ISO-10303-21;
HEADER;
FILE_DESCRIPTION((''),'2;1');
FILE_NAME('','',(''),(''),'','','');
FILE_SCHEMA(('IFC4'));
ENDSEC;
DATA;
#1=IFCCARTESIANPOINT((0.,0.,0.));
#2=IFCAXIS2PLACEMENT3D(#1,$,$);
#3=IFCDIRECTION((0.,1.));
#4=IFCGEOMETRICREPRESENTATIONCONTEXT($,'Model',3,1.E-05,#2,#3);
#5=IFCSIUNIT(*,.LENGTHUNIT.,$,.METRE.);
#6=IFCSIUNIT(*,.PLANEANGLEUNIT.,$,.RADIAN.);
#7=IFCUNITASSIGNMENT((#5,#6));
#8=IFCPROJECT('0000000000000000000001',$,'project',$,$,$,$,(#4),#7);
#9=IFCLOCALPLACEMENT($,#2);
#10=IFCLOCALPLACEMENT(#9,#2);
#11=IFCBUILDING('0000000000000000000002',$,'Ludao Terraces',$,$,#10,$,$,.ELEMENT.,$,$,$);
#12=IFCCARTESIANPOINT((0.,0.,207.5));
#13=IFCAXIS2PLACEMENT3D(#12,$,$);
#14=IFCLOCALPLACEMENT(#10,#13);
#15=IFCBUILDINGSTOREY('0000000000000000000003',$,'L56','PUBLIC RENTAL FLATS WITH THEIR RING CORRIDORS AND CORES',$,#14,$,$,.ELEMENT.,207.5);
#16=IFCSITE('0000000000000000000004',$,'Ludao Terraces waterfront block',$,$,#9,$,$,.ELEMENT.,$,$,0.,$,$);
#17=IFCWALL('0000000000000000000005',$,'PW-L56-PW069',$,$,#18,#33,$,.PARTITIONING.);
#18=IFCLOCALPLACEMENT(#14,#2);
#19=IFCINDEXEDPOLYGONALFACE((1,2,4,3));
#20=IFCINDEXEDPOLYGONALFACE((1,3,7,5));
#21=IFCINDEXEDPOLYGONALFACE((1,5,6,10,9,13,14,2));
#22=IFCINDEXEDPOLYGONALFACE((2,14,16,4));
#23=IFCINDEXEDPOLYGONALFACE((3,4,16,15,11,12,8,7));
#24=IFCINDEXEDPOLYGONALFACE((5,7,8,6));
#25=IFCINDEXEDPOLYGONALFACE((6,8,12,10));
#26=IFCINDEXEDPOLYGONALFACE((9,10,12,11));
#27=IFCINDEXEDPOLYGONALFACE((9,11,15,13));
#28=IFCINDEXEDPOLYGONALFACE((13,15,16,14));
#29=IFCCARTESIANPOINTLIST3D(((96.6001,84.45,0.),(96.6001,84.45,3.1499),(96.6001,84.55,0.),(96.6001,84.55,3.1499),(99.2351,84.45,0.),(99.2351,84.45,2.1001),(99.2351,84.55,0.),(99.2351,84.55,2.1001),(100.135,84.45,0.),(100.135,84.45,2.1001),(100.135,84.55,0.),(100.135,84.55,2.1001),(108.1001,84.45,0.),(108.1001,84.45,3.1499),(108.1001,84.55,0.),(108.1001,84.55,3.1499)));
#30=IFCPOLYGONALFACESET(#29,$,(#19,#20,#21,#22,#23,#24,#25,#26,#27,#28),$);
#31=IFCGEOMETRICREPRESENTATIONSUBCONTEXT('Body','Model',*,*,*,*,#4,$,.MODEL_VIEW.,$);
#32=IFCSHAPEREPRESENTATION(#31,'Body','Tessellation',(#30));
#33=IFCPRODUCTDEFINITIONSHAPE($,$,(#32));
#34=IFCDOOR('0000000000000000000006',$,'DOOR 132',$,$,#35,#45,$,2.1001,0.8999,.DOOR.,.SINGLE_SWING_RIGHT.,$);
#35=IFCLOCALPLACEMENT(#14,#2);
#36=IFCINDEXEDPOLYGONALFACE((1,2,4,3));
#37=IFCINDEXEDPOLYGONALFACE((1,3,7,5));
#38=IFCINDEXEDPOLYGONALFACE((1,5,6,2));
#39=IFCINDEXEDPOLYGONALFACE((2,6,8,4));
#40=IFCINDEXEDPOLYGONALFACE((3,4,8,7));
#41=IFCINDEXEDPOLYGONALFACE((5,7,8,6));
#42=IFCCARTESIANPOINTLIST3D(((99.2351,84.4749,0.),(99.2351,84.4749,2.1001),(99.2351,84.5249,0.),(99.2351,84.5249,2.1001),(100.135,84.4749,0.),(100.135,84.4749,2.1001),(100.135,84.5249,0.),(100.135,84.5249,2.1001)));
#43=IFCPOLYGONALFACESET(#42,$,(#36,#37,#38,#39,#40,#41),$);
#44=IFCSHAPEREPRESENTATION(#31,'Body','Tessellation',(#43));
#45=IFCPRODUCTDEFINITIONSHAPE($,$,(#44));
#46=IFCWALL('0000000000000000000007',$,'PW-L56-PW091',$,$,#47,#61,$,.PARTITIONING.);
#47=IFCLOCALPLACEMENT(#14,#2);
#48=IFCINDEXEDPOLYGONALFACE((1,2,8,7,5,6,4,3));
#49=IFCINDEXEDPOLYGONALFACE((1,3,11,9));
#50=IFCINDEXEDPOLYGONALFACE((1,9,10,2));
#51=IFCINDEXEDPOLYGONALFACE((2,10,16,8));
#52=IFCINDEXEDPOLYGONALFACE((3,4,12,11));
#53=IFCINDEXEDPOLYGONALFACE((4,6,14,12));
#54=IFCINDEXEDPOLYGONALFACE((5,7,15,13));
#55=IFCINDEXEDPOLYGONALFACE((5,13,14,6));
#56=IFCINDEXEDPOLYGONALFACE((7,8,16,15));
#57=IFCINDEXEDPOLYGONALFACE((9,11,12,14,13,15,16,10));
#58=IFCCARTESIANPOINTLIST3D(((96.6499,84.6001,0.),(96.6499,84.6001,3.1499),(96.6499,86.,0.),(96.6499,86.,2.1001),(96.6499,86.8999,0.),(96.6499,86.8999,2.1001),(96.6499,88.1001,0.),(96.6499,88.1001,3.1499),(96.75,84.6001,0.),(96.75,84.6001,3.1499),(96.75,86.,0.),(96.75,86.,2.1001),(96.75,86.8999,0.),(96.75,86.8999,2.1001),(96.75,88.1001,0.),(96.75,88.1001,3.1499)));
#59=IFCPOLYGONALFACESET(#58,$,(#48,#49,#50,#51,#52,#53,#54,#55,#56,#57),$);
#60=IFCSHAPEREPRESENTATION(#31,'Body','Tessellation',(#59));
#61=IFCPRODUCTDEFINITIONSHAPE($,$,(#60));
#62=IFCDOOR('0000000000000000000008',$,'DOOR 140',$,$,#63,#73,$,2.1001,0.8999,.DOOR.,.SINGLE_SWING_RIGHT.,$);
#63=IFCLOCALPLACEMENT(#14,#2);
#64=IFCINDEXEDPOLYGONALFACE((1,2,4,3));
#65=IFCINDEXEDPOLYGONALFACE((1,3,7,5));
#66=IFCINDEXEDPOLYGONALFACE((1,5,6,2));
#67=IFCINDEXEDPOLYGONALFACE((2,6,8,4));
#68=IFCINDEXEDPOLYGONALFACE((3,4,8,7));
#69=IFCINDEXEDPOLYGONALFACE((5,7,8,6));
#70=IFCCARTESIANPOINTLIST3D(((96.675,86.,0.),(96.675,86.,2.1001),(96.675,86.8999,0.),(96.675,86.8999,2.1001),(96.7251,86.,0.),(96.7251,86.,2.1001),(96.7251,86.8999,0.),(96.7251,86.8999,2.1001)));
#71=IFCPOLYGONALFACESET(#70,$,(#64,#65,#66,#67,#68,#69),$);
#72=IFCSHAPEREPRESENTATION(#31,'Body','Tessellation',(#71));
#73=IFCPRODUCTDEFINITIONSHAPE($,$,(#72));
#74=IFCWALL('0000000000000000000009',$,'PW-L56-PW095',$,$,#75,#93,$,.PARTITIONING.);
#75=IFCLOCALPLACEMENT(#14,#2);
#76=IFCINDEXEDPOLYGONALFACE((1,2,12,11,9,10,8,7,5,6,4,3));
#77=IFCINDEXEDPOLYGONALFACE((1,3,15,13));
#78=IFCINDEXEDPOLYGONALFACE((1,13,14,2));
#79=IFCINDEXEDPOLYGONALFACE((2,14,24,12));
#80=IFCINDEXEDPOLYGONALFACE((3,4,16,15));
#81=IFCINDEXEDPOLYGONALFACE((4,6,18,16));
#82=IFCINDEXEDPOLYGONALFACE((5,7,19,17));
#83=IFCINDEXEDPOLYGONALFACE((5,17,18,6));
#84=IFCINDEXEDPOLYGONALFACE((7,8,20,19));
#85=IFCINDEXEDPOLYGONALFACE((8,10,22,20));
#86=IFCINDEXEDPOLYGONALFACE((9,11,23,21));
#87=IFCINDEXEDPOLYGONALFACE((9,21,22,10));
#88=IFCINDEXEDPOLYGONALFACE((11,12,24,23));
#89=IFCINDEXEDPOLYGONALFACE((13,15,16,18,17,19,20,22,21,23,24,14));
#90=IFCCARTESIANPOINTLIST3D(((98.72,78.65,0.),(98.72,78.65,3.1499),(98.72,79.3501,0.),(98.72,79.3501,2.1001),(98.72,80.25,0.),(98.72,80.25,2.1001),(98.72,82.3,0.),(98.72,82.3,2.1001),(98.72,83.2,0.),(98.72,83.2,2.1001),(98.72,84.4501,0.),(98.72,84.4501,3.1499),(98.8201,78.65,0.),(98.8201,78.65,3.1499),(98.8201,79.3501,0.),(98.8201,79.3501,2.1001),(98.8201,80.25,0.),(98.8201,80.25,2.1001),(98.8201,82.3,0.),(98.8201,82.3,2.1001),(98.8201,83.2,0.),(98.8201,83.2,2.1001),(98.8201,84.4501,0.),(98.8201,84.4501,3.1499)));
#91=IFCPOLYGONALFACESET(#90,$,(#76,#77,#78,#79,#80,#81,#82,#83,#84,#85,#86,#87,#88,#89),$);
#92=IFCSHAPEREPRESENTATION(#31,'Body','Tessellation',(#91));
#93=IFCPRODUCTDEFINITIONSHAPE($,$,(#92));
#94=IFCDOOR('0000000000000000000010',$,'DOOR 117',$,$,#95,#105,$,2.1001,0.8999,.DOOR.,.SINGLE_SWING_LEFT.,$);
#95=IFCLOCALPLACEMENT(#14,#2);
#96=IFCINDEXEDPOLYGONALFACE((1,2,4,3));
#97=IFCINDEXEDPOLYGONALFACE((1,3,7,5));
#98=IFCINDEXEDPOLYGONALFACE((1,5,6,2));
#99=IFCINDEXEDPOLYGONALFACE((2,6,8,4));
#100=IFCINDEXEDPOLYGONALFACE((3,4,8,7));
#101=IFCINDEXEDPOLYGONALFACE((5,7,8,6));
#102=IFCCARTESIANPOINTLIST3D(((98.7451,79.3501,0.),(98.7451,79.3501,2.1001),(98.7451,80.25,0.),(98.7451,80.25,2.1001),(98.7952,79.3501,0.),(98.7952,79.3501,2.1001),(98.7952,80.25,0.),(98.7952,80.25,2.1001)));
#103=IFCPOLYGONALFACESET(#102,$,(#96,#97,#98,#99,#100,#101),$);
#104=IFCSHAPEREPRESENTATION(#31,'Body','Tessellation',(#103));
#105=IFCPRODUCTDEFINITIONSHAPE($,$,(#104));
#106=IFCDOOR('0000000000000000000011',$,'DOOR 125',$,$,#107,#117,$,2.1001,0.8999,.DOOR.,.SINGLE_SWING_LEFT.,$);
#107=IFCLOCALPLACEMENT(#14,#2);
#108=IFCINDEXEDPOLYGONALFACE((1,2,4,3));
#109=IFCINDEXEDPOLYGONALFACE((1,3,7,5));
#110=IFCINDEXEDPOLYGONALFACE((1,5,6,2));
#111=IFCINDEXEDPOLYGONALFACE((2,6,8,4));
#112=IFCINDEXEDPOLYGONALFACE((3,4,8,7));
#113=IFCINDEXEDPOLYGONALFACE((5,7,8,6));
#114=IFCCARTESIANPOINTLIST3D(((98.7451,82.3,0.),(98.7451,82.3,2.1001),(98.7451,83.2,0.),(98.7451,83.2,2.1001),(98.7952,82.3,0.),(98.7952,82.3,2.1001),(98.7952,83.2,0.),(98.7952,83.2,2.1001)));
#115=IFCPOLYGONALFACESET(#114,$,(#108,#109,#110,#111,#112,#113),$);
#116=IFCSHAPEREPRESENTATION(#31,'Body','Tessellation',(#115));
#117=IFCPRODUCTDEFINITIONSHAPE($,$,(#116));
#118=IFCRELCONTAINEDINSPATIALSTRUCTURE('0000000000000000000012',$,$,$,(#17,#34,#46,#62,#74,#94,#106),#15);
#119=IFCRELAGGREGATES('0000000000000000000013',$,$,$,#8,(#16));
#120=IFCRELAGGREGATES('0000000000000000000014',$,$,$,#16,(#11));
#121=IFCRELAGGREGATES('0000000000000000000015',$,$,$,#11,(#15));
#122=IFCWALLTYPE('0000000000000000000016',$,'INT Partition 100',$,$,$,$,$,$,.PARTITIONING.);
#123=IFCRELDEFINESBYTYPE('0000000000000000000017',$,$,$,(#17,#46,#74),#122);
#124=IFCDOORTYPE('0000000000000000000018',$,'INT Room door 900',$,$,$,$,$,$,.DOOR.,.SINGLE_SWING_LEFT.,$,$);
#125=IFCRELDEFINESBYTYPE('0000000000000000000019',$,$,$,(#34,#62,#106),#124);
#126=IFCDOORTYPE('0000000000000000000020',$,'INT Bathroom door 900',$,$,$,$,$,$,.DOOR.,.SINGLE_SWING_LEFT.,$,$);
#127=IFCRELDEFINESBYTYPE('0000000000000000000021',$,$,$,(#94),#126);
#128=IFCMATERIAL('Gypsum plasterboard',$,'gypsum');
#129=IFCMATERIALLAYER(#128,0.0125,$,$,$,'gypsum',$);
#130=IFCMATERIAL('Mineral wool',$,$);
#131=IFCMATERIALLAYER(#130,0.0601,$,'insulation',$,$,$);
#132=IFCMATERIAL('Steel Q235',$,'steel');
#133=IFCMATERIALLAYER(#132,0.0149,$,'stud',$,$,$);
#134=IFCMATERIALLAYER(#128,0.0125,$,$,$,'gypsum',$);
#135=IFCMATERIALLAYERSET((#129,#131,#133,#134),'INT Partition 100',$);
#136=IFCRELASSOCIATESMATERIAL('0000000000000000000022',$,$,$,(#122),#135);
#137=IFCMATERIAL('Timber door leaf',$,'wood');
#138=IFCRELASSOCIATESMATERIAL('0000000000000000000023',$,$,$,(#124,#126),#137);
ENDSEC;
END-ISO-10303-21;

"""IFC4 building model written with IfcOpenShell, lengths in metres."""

from ifc_helpers import new_model, si_unit, direction, frame, frame_2d, origin, place, context, subcontext, project, spatial, rectangle, extrude, material, layer, layer_set, type_object, element, fill, save


model = new_model("IFC4")

# Units and contexts
model_context = context("Model", 3, precision=1e-05, world=origin(), true_north=direction((0.0, 1.0)))
body_context = subcontext(model_context, "Body", "Model", "MODEL_VIEW")
ifc_project = project(units=[si_unit("LENGTHUNIT", "METRE"), si_unit("PLANEANGLEUNIT", "RADIAN")], contexts=[model_context])

# Site, building, storey
site_placement = place(None, origin())
site = spatial("IfcSite", under=ifc_project, at=site_placement, Name="Ludao Terraces waterfront block", CompositionType="ELEMENT", RefElevation=0.0)
building_placement = place(site_placement, origin())
building = spatial("IfcBuilding", under=site, at=building_placement, Name="Ludao Terraces", CompositionType="ELEMENT")
storey_placement = place(building_placement, frame((0.0, 0.0, 207.5)))
storey = spatial("IfcBuildingStorey", under=building, at=storey_placement, Name="L56", Description="PUBLIC RENTAL FLATS WITH THEIR RING CORRIDORS AND CORES", CompositionType="ELEMENT", Elevation=207.5)

# Shared definitions
ifc_material_1 = material(Name="Mineral wool")

# Shared definitions
ifc_material_2 = material(Name="Gypsum plasterboard", Category="gypsum")
ifc_layer_1 = layer(ifc_material_2, 0.0125, Category="gypsum")
ifc_layer_2 = layer(ifc_material_1, 0.0601, Name="insulation")
ifc_material_3 = material(Name="Steel Q235", Category="steel")
ifc_layer_3 = layer(ifc_material_3, 0.0149, Name="stud")
ifc_layer_4 = layer(ifc_material_2, 0.0125, Category="gypsum")
ifc_layer_set_1 = layer_set([ifc_layer_1, ifc_layer_2, ifc_layer_3, ifc_layer_4], Name="INT Partition 100")
wall_type_1 = type_object("IfcWallType", Name="INT Partition 100", PredefinedType="PARTITIONING", material=ifc_layer_set_1)

# Walls, openings, doors
wall_1_placement = place(storey_placement, frame((96.6001, 84.5, 0.0), z_axis=(0.0, 0.0, 1.0), x_axis=(1.0, 0.0, 0.0)))
wall_1 = element("IfcWall", 1, at=wall_1_placement, inside=storey, type_object=wall_type_1, Name="PW-L56-PW069", PredefinedType="PARTITIONING", context=body_context, shape_type="SweptSolid", body=[
    extrude(rectangle(XDim=11.5, YDim=0.1001, at=frame_2d((5.75, 0.0))), origin(), (0.0, 0.0, 1.0), 3.1499),
])
opening_1_placement = place(wall_1_placement, frame((2.635, 0.0, 0.0)))
opening_1 = element("IfcOpeningElement", 2, at=opening_1_placement, cuts=wall_1, PredefinedType="OPENING", context=body_context, shape_type="SweptSolid", body=[
    extrude(rectangle(XDim=0.8999, YDim=2.1001, at=frame_2d((0.45, 1.05))), frame((0.0, 0.0601, 0.0), z_axis=(0.0, -1.0, 0.0), x_axis=(1.0, 0.0, 0.0)), (0.0, 0.0, 1.0), 0.1201),
])
ifc_material_4 = material(Name="Timber door leaf", Category="wood")
door_type_1 = type_object("IfcDoorType", Name="INT Room door 900", OperationType="SINGLE_SWING_LEFT", PredefinedType="DOOR", material=ifc_material_4)
door_1_placement = place(opening_1_placement, origin())
door_1 = element("IfcDoor", 3, at=door_1_placement, inside=storey, type_object=door_type_1, Name="DOOR 132", OperationType="SINGLE_SWING_RIGHT", OverallHeight=2.1001, OverallWidth=0.8999, PredefinedType="DOOR", context=body_context, shape_type="SweptSolid", body=[
    extrude(rectangle(XDim=0.8999, YDim=2.1001, at=frame_2d((0.45, 1.05))), frame((0.0, 0.0249, 0.0), z_axis=(0.0, -1.0, 0.0), x_axis=(1.0, 0.0, 0.0)), (0.0, 0.0, 1.0), 0.05),
])
fill(opening_1, door_1)
wall_2_placement = place(storey_placement, frame((96.7, 84.6001, 0.0), z_axis=(0.0, 0.0, 1.0), x_axis=(0.0, 1.0, 0.0)))
wall_2 = element("IfcWall", 4, at=wall_2_placement, inside=storey, type_object=wall_type_1, Name="PW-L56-PW091", PredefinedType="PARTITIONING", context=body_context, shape_type="SweptSolid", body=[
    extrude(rectangle(XDim=3.5, YDim=0.1001, at=frame_2d((1.75, 0.0))), origin(), (0.0, 0.0, 1.0), 3.1499),
])
opening_2_placement = place(wall_2_placement, frame((1.3999, 0.0, 0.0)))
opening_2 = element("IfcOpeningElement", 5, at=opening_2_placement, cuts=wall_2, PredefinedType="OPENING", context=body_context, shape_type="SweptSolid", body=[
    extrude(rectangle(XDim=0.8999, YDim=2.1001, at=frame_2d((0.45, 1.05))), frame((0.0, 0.0601, 0.0), z_axis=(0.0, -1.0, 0.0), x_axis=(1.0, 0.0, 0.0)), (0.0, 0.0, 1.0), 0.1201),
])
door_2_placement = place(opening_2_placement, origin())
door_2 = element("IfcDoor", 6, at=door_2_placement, inside=storey, type_object=door_type_1, Name="DOOR 140", OperationType="SINGLE_SWING_RIGHT", OverallHeight=2.1001, OverallWidth=0.8999, PredefinedType="DOOR", context=body_context, shape_type="SweptSolid", body=[
    extrude(rectangle(XDim=0.8999, YDim=2.1001, at=frame_2d((0.45, 1.05))), frame((0.0, 0.0249, 0.0), z_axis=(0.0, -1.0, 0.0), x_axis=(1.0, 0.0, 0.0)), (0.0, 0.0, 1.0), 0.05),
])
fill(opening_2, door_2)

# Wall, openings, doors
wall_3_placement = place(storey_placement, frame((98.77, 78.6501, 0.0), z_axis=(0.0, 0.0, 1.0), x_axis=(0.0, 1.0, 0.0)))
wall_3 = element("IfcWall", 7, at=wall_3_placement, inside=storey, type_object=wall_type_1, Name="PW-L56-PW095", PredefinedType="PARTITIONING", context=body_context, shape_type="SweptSolid", body=[
    extrude(rectangle(XDim=5.8, YDim=0.1001, at=frame_2d((2.8999, 0.0))), origin(), (0.0, 0.0, 1.0), 3.1499),
])
opening_3_placement = place(wall_3_placement, frame((0.7, 0.0, 0.0)))
opening_3 = element("IfcOpeningElement", 8, at=opening_3_placement, cuts=wall_3, PredefinedType="OPENING", context=body_context, shape_type="SweptSolid", body=[
    extrude(rectangle(XDim=0.8999, YDim=2.1001, at=frame_2d((0.45, 1.05))), frame((0.0, 0.0601, 0.0), z_axis=(0.0, -1.0, 0.0), x_axis=(1.0, 0.0, 0.0)), (0.0, 0.0, 1.0), 0.1201),
])
opening_4_placement = place(wall_3_placement, frame((3.6499, 0.0, 0.0)))
opening_4 = element("IfcOpeningElement", 9, at=opening_4_placement, cuts=wall_3, PredefinedType="OPENING", context=body_context, shape_type="SweptSolid", body=[
    extrude(rectangle(XDim=0.8999, YDim=2.1001, at=frame_2d((0.45, 1.05))), frame((0.0, 0.0601, 0.0), z_axis=(0.0, -1.0, 0.0), x_axis=(1.0, 0.0, 0.0)), (0.0, 0.0, 1.0), 0.1201),
])
door_type_2 = type_object("IfcDoorType", Name="INT Bathroom door 900", OperationType="SINGLE_SWING_LEFT", PredefinedType="DOOR", material=ifc_material_4)
door_3_placement = place(opening_3_placement, origin())
door_3 = element("IfcDoor", 10, at=door_3_placement, inside=storey, type_object=door_type_2, Name="DOOR 117", OperationType="SINGLE_SWING_LEFT", OverallHeight=2.1001, OverallWidth=0.8999, PredefinedType="DOOR", context=body_context, shape_type="SweptSolid", body=[
    extrude(rectangle(XDim=0.8999, YDim=2.1001, at=frame_2d((0.45, 1.05))), frame((0.0, 0.0249, 0.0), z_axis=(0.0, -1.0, 0.0), x_axis=(1.0, 0.0, 0.0)), (0.0, 0.0, 1.0), 0.05),
])
fill(opening_3, door_3)
door_4_placement = place(opening_4_placement, origin())
door_4 = element("IfcDoor", 11, at=door_4_placement, inside=storey, type_object=door_type_1, Name="DOOR 125", OperationType="SINGLE_SWING_LEFT", OverallHeight=2.1001, OverallWidth=0.8999, PredefinedType="DOOR", context=body_context, shape_type="SweptSolid", body=[
    extrude(rectangle(XDim=0.8999, YDim=2.1001, at=frame_2d((0.45, 1.05))), frame((0.0, 0.0249, 0.0), z_axis=(0.0, -1.0, 0.0), x_axis=(1.0, 0.0, 0.0)), (0.0, 0.0, 1.0), 0.05),
])
fill(opening_4, door_4)

save(model, "model.ifc")
